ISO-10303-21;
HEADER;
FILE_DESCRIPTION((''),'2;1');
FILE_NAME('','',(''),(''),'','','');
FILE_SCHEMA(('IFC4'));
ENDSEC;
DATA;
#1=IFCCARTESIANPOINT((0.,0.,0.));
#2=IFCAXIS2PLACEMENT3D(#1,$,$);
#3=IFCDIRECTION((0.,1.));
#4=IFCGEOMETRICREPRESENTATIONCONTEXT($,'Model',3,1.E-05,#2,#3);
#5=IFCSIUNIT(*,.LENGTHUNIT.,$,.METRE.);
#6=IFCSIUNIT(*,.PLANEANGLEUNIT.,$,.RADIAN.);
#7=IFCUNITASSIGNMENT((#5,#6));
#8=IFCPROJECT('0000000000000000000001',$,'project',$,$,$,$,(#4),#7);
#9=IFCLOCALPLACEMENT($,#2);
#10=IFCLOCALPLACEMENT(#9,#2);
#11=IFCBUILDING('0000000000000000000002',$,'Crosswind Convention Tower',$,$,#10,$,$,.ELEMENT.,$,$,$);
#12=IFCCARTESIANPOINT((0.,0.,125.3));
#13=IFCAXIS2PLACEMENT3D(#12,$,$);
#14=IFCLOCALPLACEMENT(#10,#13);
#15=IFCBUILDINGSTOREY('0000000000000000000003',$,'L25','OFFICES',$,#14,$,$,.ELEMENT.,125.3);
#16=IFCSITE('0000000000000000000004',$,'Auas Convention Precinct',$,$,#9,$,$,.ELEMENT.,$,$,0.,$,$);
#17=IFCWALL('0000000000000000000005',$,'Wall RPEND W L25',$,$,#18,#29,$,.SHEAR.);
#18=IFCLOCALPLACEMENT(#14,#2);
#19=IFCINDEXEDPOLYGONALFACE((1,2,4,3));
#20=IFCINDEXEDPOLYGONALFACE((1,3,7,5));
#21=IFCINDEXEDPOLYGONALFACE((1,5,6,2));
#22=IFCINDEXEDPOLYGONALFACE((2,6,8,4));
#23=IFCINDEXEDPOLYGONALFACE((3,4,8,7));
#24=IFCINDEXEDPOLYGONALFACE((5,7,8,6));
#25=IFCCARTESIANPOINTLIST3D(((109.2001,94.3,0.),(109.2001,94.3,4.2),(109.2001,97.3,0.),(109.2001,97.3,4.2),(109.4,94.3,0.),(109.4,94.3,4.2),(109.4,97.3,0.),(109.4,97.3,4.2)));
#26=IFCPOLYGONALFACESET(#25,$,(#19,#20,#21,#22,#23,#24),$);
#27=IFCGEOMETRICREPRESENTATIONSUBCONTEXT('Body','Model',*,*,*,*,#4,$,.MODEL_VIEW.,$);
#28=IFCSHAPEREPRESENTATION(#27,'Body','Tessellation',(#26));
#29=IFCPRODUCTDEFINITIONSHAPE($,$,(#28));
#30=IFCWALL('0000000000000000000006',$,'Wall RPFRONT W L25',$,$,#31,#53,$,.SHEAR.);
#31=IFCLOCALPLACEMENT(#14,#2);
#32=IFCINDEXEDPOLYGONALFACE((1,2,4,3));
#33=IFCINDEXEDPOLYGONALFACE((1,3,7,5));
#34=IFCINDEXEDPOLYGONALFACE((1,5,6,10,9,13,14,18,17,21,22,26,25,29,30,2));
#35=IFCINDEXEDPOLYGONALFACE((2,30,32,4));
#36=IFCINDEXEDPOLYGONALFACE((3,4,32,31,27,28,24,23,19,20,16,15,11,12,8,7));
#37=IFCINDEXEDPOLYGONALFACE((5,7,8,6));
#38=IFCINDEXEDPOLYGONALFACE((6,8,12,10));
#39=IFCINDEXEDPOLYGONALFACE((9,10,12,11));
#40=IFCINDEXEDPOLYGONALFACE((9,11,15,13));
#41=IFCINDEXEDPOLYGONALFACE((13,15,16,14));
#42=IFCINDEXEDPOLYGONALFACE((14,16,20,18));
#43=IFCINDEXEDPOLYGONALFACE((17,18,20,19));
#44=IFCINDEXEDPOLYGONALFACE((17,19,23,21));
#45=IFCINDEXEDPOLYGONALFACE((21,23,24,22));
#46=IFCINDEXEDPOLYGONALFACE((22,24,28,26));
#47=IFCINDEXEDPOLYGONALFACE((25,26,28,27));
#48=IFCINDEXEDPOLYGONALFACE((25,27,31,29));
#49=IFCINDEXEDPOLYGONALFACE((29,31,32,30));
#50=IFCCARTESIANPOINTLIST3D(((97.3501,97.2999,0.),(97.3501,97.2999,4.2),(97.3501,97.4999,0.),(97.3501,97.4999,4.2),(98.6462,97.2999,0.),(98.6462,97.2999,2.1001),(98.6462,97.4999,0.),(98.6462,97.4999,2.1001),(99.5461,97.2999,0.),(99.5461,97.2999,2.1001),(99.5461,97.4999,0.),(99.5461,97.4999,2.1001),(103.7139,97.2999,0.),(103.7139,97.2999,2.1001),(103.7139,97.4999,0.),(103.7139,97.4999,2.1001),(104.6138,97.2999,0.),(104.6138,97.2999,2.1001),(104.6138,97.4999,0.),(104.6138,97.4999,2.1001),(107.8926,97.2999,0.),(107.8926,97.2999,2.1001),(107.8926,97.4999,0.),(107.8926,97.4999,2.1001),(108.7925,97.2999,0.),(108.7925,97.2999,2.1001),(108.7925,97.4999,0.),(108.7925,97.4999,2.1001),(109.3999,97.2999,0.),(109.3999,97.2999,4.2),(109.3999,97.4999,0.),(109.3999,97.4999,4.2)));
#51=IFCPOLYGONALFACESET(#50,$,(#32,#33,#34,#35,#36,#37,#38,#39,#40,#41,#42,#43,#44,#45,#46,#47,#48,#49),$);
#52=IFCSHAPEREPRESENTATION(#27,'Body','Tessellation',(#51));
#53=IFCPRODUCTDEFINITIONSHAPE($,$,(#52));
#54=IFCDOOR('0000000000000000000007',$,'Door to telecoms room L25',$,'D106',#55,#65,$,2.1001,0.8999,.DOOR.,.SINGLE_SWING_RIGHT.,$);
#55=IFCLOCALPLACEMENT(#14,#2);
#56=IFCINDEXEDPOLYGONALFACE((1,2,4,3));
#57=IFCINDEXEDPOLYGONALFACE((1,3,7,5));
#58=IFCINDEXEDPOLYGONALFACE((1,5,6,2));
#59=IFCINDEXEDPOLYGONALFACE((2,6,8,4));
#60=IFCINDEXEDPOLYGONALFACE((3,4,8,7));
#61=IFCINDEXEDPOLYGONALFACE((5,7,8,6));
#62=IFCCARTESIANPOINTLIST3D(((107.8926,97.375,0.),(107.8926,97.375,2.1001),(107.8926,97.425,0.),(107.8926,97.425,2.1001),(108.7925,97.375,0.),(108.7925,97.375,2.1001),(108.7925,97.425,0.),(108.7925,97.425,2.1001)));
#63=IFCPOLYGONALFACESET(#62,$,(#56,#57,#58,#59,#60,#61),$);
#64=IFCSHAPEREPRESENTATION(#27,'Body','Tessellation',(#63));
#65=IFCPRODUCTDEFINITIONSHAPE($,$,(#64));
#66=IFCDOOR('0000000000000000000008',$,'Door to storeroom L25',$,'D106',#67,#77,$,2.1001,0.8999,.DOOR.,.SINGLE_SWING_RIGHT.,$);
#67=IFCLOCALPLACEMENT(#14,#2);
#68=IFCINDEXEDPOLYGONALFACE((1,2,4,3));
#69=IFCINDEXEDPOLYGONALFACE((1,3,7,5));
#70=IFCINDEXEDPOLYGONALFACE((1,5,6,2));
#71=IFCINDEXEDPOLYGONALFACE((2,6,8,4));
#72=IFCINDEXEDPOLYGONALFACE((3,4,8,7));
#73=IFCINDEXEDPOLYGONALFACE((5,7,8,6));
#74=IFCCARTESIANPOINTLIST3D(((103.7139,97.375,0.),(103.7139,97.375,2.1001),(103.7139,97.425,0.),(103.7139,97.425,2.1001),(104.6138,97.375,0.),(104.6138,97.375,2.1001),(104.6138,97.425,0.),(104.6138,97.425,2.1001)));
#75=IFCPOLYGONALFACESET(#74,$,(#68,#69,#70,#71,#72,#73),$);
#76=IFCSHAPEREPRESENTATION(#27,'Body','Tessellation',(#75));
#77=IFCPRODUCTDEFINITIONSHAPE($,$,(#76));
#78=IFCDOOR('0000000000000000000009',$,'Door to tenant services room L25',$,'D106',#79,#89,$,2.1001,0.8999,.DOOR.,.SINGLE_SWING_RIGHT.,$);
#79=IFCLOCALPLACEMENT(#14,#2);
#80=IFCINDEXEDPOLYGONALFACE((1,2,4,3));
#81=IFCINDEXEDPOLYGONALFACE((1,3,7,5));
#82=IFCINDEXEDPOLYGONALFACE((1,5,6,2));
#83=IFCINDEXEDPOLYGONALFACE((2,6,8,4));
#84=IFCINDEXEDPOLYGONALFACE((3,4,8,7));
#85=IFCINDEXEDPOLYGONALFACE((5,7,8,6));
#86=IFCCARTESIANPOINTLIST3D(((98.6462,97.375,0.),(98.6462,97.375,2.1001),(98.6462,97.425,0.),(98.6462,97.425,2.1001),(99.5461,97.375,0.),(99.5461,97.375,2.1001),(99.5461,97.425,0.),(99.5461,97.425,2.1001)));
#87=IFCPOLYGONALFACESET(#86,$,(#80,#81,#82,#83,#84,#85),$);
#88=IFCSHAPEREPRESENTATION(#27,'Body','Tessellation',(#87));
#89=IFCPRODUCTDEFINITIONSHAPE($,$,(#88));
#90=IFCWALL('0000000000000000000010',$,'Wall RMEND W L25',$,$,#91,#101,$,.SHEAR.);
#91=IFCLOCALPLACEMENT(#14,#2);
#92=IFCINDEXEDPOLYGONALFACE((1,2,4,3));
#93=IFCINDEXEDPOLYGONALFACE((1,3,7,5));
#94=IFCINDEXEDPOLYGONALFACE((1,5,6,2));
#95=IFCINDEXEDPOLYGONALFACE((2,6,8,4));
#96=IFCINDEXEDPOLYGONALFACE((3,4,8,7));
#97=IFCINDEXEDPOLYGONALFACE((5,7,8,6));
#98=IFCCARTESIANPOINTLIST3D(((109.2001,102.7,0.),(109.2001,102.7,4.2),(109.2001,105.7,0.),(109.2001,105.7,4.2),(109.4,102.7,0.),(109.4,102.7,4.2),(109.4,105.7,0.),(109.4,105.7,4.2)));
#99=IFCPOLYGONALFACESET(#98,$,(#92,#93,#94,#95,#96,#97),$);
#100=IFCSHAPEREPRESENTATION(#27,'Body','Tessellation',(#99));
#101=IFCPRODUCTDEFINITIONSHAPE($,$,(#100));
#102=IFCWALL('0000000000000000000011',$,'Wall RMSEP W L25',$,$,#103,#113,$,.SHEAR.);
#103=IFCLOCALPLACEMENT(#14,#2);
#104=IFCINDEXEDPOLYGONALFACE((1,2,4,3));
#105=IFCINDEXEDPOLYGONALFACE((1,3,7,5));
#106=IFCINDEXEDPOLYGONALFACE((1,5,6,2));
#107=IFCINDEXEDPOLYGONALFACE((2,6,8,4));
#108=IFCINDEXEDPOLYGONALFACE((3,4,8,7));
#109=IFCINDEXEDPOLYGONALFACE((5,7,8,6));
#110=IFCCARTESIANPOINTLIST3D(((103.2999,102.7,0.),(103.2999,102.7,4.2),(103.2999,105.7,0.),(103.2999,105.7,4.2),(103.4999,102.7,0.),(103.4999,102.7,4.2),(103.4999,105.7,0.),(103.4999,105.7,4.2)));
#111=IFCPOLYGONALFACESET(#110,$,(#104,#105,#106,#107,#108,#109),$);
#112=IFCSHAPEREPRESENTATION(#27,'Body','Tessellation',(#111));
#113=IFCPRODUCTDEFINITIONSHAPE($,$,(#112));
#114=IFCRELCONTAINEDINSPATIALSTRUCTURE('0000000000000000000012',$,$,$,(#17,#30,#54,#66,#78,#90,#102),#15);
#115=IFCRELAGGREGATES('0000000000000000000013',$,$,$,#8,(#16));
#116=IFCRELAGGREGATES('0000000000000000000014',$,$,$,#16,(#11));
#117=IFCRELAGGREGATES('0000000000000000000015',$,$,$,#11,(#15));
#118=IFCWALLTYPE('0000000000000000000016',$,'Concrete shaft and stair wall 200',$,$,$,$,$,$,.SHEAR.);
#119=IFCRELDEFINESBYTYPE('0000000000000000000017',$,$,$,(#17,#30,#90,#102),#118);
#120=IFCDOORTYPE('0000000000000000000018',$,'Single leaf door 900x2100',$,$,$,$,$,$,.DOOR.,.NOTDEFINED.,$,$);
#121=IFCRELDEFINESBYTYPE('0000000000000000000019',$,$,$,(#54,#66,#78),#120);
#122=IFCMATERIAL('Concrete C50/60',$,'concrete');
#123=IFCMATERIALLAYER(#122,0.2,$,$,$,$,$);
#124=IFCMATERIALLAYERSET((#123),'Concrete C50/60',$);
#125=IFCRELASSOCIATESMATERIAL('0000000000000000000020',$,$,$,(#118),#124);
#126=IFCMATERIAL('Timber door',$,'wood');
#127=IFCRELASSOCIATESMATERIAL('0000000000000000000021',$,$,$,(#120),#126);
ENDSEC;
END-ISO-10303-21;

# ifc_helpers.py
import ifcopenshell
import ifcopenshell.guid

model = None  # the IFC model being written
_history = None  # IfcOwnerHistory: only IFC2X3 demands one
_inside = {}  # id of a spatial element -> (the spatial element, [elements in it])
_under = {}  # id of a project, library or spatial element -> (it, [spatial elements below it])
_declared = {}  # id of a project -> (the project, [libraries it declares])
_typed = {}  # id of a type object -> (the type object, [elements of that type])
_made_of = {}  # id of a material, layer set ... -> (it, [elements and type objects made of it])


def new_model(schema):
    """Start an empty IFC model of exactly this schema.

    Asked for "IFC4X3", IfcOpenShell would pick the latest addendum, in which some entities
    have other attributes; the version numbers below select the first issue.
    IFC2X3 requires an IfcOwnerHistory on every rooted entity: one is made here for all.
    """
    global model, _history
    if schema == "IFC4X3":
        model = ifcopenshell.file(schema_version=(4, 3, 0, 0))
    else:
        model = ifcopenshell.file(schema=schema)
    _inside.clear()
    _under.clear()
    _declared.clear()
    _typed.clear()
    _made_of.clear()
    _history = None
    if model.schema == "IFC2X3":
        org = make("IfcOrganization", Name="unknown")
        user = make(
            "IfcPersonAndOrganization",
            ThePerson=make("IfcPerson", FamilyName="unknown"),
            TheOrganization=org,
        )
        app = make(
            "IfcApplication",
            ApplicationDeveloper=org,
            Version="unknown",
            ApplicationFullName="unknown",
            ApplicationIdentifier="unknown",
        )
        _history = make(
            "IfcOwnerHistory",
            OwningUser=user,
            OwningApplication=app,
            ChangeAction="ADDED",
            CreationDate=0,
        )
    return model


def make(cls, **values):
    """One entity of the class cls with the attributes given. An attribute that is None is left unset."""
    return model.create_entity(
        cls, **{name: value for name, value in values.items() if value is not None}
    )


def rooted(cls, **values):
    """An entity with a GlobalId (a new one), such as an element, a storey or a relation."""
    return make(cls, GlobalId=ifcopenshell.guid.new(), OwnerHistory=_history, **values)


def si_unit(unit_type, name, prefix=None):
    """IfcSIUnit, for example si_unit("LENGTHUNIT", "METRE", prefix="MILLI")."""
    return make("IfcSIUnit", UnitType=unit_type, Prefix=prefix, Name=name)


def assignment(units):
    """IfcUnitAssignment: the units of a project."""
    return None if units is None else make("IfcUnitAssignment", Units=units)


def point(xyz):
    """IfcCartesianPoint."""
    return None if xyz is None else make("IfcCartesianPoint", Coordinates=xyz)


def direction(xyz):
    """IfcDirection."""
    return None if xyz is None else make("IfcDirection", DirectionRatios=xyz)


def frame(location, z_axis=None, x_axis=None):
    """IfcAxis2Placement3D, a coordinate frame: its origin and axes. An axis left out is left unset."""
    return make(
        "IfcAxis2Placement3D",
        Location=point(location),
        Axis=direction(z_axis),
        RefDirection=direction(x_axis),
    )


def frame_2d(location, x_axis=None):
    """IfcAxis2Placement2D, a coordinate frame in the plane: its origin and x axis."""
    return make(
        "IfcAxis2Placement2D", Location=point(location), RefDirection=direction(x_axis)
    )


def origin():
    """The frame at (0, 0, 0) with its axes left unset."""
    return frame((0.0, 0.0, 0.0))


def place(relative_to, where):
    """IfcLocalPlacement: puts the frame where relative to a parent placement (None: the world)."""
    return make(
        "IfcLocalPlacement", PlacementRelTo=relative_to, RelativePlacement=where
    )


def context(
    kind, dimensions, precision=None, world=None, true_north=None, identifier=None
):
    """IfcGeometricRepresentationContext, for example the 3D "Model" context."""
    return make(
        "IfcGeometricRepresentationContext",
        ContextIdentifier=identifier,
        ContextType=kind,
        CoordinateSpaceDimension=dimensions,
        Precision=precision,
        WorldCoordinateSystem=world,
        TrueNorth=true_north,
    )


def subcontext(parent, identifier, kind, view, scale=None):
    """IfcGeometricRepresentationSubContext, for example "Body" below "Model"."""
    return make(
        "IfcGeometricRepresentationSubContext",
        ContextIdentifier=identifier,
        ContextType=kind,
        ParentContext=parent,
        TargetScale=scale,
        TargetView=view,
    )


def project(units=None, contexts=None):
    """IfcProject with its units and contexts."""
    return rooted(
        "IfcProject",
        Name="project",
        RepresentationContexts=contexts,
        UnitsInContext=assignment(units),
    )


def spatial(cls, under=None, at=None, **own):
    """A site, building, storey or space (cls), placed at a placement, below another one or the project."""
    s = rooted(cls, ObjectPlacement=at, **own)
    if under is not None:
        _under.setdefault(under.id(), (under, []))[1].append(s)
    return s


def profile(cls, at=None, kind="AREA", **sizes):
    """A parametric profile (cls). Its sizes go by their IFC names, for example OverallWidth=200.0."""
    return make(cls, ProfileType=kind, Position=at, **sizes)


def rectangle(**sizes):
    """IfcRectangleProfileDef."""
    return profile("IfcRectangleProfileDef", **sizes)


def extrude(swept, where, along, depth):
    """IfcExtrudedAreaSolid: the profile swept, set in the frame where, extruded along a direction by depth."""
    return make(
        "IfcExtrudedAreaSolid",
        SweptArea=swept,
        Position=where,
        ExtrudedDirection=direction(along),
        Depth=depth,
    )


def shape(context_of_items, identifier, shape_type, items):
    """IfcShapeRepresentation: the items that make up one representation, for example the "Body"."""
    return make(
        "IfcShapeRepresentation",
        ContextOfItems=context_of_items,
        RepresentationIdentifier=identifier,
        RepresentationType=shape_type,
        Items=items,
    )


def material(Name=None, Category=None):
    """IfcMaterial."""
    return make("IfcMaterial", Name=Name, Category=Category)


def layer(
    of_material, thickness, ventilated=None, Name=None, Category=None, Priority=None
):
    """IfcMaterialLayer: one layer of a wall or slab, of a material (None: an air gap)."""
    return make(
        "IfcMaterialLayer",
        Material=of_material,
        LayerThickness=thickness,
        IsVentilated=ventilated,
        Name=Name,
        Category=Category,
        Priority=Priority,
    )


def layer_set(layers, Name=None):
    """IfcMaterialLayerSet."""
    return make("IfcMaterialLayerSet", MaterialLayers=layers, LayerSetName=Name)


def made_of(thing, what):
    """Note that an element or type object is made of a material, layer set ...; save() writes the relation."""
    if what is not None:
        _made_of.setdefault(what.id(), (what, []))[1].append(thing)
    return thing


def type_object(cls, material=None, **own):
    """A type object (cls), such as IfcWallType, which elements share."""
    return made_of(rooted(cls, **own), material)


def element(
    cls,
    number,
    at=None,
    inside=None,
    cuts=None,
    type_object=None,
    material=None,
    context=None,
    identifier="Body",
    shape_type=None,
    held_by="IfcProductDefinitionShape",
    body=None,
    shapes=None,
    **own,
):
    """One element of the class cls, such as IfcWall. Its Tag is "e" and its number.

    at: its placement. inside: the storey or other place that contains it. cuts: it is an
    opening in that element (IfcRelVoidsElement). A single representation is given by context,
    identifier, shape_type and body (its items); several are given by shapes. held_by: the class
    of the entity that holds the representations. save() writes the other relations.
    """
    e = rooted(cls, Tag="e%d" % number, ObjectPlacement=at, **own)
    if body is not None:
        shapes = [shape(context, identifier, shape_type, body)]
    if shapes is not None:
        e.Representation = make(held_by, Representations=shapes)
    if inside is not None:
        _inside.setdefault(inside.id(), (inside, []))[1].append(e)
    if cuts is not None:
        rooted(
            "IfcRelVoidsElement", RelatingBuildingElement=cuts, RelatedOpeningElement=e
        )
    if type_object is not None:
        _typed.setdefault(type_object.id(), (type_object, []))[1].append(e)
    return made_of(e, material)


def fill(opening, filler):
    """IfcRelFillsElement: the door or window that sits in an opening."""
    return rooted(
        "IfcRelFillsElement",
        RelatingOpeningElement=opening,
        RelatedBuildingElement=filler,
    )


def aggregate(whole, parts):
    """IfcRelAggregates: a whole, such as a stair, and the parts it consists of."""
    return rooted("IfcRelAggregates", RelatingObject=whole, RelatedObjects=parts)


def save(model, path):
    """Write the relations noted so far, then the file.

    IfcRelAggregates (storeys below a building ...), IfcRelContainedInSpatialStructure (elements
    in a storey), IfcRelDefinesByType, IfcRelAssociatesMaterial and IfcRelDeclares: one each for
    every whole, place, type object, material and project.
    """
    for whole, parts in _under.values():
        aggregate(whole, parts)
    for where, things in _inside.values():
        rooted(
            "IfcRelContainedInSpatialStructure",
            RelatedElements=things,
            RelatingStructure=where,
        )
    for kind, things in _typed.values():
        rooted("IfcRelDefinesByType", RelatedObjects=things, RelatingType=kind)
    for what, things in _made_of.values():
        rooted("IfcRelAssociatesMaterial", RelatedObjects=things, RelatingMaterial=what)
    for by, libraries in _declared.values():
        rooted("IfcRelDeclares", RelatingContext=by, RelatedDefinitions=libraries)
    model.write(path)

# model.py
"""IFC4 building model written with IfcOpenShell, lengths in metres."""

from ifc_helpers import new_model, si_unit, direction, frame, frame_2d, origin, place, context, subcontext, project, spatial, rectangle, extrude, material, layer, layer_set, type_object, element, fill, save


model = new_model("IFC4")

# Units and contexts
model_context = context("Model", 3, precision=1e-05, world=origin(), true_north=direction((0.0, 1.0)))
body_context = subcontext(model_context, "Body", "Model", "MODEL_VIEW")
ifc_project = project(units=[si_unit("LENGTHUNIT", "METRE"), si_unit("PLANEANGLEUNIT", "RADIAN")], contexts=[model_context])

# Site, building, storey
site_placement = place(None, origin())
site = spatial("IfcSite", under=ifc_project, at=site_placement, Name="Auas Convention Precinct", CompositionType="ELEMENT", RefElevation=0.0)
building_placement = place(site_placement, origin())
building = spatial("IfcBuilding", under=site, at=building_placement, Name="Crosswind Convention Tower", CompositionType="ELEMENT")
storey_placement = place(building_placement, frame((0.0, 0.0, 125.3)))
storey = spatial("IfcBuildingStorey", under=building, at=storey_placement, Name="L25", Description="OFFICES", CompositionType="ELEMENT", Elevation=125.3)

# Wall
ifc_material_1 = material(Name="Concrete C50/60", Category="concrete")
ifc_layer_1 = layer(ifc_material_1, 0.2)
ifc_layer_set_1 = layer_set([ifc_layer_1], Name="Concrete C50/60")
wall_type_1 = type_object("IfcWallType", Name="Concrete shaft and stair wall 200", PredefinedType="SHEAR", material=ifc_layer_set_1)
wall_1_placement = place(storey_placement, frame((109.3, 97.3, 0.0), z_axis=(0.0, 0.0, 1.0), x_axis=(0.0, -1.0, 0.0)))
element("IfcWall", 1, at=wall_1_placement, inside=storey, type_object=wall_type_1, Name="Wall RPEND W L25", PredefinedType="SHEAR", context=body_context, shape_type="SweptSolid", body=[
    extrude(rectangle(XDim=3.0, YDim=0.2, at=frame_2d((1.5, 0.0))), origin(), (0.0, 0.0, 1.0), 4.2),
])

# Wall, openings, doors
wall_2_placement = place(storey_placement, frame((109.3999, 97.3999, 0.0), z_axis=(0.0, 0.0, 1.0), x_axis=(-1.0, 0.0, 0.0)))
wall_2 = element("IfcWall", 2, at=wall_2_placement, inside=storey, type_object=wall_type_1, Name="Wall RPFRONT W L25", PredefinedType="SHEAR", context=body_context, shape_type="SweptSolid", body=[
    extrude(rectangle(XDim=12.0498, YDim=0.2, at=frame_2d((6.0249, 0.0))), origin(), (0.0, 0.0, 1.0), 4.2),
])
opening_1_placement = place(wall_2_placement, frame((0.6074, 0.0, 0.0)))
opening_1 = element("IfcOpeningElement", 3, at=opening_1_placement, cuts=wall_2, PredefinedType="OPENING", context=body_context, shape_type="SweptSolid", body=[
    extrude(rectangle(XDim=0.8999, YDim=2.1001, at=frame_2d((0.45, 1.05))), frame((0.0, 0.1099, 0.0), z_axis=(0.0, -1.0, 0.0), x_axis=(1.0, 0.0, 0.0)), (0.0, 0.0, 1.0), 0.22),
])
opening_2_placement = place(wall_2_placement, frame((4.7861, 0.0, 0.0)))
opening_2 = element("IfcOpeningElement", 4, at=opening_2_placement, cuts=wall_2, PredefinedType="OPENING", context=body_context, shape_type="SweptSolid", body=[
    extrude(rectangle(XDim=0.8999, YDim=2.1001, at=frame_2d((0.45, 1.05))), frame((0.0, 0.1099, 0.0), z_axis=(0.0, -1.0, 0.0), x_axis=(1.0, 0.0, 0.0)), (0.0, 0.0, 1.0), 0.22),
])
opening_3_placement = place(wall_2_placement, frame((9.8538, 0.0, 0.0)))
opening_3 = element("IfcOpeningElement", 5, at=opening_3_placement, cuts=wall_2, PredefinedType="OPENING", context=body_context, shape_type="SweptSolid", body=[
    extrude(rectangle(XDim=0.8999, YDim=2.1001, at=frame_2d((0.45, 1.05))), frame((0.0, 0.1099, 0.0), z_axis=(0.0, -1.0, 0.0), x_axis=(1.0, 0.0, 0.0)), (0.0, 0.0, 1.0), 0.22),
])
ifc_material_2 = material(Name="Timber door", Category="wood")
door_type_1 = type_object("IfcDoorType", Name="Single leaf door 900x2100", OperationType="NOTDEFINED", PredefinedType="DOOR", material=ifc_material_2)
door_1_placement = place(opening_1_placement, origin())
door_1 = element("IfcDoor", 6, at=door_1_placement, inside=storey, type_object=door_type_1, Name="Door to telecoms room L25", ObjectType="D106", OperationType="SINGLE_SWING_RIGHT", OverallHeight=2.1001, OverallWidth=0.8999, PredefinedType="DOOR", context=body_context, shape_type="SweptSolid", body=[
    extrude(rectangle(XDim=0.8999, YDim=2.1001, at=frame_2d((0.45, 1.05))), frame((0.0, 0.0249, 0.0), z_axis=(0.0, -1.0, 0.0), x_axis=(1.0, 0.0, 0.0)), (0.0, 0.0, 1.0), 0.05),
])
fill(opening_1, door_1)
door_2_placement = place(opening_2_placement, origin())
door_2 = element("IfcDoor", 7, at=door_2_placement, inside=storey, type_object=door_type_1, Name="Door to storeroom L25", ObjectType="D106", OperationType="SINGLE_SWING_RIGHT", OverallHeight=2.1001, OverallWidth=0.8999, PredefinedType="DOOR", context=body_context, shape_type="SweptSolid", body=[
    extrude(rectangle(XDim=0.8999, YDim=2.1001, at=frame_2d((0.45, 1.05))), frame((0.0, 0.0249, 0.0), z_axis=(0.0, -1.0, 0.0), x_axis=(1.0, 0.0, 0.0)), (0.0, 0.0, 1.0), 0.05),
])
fill(opening_2, door_2)
door_3_placement = place(opening_3_placement, origin())
door_3 = element("IfcDoor", 8, at=door_3_placement, inside=storey, type_object=door_type_1, Name="Door to tenant services room L25", ObjectType="D106", OperationType="SINGLE_SWING_RIGHT", OverallHeight=2.1001, OverallWidth=0.8999, PredefinedType="DOOR", context=body_context, shape_type="SweptSolid", body=[
    extrude(rectangle(XDim=0.8999, YDim=2.1001, at=frame_2d((0.45, 1.05))), frame((0.0, 0.0249, 0.0), z_axis=(0.0, -1.0, 0.0), x_axis=(1.0, 0.0, 0.0)), (0.0, 0.0, 1.0), 0.05),
])
fill(opening_3, door_3)

# Walls
for number, where, z_axis, x_axis, name in (
    (9, (109.3, 105.7, 0.0), (0.0, 0.0, 1.0), (0.0, -1.0, 0.0), "Wall RMEND W L25"),
    (10, (103.3999, 105.7, 0.0), (0.0, 0.0, 1.0), (0.0, -1.0, 0.0), "Wall RMSEP W L25"),
):
    element("IfcWall", number, at=place(storey_placement, frame(where, z_axis=z_axis, x_axis=x_axis)), inside=storey, type_object=wall_type_1, Name=name, PredefinedType="SHEAR", context=body_context, shape_type="SweptSolid", body=[
        extrude(rectangle(XDim=3.0, YDim=0.2, at=frame_2d((1.5, 0.0))), origin(), (0.0, 0.0, 1.0), 4.2),
    ])

save(model, "model.ifc")
